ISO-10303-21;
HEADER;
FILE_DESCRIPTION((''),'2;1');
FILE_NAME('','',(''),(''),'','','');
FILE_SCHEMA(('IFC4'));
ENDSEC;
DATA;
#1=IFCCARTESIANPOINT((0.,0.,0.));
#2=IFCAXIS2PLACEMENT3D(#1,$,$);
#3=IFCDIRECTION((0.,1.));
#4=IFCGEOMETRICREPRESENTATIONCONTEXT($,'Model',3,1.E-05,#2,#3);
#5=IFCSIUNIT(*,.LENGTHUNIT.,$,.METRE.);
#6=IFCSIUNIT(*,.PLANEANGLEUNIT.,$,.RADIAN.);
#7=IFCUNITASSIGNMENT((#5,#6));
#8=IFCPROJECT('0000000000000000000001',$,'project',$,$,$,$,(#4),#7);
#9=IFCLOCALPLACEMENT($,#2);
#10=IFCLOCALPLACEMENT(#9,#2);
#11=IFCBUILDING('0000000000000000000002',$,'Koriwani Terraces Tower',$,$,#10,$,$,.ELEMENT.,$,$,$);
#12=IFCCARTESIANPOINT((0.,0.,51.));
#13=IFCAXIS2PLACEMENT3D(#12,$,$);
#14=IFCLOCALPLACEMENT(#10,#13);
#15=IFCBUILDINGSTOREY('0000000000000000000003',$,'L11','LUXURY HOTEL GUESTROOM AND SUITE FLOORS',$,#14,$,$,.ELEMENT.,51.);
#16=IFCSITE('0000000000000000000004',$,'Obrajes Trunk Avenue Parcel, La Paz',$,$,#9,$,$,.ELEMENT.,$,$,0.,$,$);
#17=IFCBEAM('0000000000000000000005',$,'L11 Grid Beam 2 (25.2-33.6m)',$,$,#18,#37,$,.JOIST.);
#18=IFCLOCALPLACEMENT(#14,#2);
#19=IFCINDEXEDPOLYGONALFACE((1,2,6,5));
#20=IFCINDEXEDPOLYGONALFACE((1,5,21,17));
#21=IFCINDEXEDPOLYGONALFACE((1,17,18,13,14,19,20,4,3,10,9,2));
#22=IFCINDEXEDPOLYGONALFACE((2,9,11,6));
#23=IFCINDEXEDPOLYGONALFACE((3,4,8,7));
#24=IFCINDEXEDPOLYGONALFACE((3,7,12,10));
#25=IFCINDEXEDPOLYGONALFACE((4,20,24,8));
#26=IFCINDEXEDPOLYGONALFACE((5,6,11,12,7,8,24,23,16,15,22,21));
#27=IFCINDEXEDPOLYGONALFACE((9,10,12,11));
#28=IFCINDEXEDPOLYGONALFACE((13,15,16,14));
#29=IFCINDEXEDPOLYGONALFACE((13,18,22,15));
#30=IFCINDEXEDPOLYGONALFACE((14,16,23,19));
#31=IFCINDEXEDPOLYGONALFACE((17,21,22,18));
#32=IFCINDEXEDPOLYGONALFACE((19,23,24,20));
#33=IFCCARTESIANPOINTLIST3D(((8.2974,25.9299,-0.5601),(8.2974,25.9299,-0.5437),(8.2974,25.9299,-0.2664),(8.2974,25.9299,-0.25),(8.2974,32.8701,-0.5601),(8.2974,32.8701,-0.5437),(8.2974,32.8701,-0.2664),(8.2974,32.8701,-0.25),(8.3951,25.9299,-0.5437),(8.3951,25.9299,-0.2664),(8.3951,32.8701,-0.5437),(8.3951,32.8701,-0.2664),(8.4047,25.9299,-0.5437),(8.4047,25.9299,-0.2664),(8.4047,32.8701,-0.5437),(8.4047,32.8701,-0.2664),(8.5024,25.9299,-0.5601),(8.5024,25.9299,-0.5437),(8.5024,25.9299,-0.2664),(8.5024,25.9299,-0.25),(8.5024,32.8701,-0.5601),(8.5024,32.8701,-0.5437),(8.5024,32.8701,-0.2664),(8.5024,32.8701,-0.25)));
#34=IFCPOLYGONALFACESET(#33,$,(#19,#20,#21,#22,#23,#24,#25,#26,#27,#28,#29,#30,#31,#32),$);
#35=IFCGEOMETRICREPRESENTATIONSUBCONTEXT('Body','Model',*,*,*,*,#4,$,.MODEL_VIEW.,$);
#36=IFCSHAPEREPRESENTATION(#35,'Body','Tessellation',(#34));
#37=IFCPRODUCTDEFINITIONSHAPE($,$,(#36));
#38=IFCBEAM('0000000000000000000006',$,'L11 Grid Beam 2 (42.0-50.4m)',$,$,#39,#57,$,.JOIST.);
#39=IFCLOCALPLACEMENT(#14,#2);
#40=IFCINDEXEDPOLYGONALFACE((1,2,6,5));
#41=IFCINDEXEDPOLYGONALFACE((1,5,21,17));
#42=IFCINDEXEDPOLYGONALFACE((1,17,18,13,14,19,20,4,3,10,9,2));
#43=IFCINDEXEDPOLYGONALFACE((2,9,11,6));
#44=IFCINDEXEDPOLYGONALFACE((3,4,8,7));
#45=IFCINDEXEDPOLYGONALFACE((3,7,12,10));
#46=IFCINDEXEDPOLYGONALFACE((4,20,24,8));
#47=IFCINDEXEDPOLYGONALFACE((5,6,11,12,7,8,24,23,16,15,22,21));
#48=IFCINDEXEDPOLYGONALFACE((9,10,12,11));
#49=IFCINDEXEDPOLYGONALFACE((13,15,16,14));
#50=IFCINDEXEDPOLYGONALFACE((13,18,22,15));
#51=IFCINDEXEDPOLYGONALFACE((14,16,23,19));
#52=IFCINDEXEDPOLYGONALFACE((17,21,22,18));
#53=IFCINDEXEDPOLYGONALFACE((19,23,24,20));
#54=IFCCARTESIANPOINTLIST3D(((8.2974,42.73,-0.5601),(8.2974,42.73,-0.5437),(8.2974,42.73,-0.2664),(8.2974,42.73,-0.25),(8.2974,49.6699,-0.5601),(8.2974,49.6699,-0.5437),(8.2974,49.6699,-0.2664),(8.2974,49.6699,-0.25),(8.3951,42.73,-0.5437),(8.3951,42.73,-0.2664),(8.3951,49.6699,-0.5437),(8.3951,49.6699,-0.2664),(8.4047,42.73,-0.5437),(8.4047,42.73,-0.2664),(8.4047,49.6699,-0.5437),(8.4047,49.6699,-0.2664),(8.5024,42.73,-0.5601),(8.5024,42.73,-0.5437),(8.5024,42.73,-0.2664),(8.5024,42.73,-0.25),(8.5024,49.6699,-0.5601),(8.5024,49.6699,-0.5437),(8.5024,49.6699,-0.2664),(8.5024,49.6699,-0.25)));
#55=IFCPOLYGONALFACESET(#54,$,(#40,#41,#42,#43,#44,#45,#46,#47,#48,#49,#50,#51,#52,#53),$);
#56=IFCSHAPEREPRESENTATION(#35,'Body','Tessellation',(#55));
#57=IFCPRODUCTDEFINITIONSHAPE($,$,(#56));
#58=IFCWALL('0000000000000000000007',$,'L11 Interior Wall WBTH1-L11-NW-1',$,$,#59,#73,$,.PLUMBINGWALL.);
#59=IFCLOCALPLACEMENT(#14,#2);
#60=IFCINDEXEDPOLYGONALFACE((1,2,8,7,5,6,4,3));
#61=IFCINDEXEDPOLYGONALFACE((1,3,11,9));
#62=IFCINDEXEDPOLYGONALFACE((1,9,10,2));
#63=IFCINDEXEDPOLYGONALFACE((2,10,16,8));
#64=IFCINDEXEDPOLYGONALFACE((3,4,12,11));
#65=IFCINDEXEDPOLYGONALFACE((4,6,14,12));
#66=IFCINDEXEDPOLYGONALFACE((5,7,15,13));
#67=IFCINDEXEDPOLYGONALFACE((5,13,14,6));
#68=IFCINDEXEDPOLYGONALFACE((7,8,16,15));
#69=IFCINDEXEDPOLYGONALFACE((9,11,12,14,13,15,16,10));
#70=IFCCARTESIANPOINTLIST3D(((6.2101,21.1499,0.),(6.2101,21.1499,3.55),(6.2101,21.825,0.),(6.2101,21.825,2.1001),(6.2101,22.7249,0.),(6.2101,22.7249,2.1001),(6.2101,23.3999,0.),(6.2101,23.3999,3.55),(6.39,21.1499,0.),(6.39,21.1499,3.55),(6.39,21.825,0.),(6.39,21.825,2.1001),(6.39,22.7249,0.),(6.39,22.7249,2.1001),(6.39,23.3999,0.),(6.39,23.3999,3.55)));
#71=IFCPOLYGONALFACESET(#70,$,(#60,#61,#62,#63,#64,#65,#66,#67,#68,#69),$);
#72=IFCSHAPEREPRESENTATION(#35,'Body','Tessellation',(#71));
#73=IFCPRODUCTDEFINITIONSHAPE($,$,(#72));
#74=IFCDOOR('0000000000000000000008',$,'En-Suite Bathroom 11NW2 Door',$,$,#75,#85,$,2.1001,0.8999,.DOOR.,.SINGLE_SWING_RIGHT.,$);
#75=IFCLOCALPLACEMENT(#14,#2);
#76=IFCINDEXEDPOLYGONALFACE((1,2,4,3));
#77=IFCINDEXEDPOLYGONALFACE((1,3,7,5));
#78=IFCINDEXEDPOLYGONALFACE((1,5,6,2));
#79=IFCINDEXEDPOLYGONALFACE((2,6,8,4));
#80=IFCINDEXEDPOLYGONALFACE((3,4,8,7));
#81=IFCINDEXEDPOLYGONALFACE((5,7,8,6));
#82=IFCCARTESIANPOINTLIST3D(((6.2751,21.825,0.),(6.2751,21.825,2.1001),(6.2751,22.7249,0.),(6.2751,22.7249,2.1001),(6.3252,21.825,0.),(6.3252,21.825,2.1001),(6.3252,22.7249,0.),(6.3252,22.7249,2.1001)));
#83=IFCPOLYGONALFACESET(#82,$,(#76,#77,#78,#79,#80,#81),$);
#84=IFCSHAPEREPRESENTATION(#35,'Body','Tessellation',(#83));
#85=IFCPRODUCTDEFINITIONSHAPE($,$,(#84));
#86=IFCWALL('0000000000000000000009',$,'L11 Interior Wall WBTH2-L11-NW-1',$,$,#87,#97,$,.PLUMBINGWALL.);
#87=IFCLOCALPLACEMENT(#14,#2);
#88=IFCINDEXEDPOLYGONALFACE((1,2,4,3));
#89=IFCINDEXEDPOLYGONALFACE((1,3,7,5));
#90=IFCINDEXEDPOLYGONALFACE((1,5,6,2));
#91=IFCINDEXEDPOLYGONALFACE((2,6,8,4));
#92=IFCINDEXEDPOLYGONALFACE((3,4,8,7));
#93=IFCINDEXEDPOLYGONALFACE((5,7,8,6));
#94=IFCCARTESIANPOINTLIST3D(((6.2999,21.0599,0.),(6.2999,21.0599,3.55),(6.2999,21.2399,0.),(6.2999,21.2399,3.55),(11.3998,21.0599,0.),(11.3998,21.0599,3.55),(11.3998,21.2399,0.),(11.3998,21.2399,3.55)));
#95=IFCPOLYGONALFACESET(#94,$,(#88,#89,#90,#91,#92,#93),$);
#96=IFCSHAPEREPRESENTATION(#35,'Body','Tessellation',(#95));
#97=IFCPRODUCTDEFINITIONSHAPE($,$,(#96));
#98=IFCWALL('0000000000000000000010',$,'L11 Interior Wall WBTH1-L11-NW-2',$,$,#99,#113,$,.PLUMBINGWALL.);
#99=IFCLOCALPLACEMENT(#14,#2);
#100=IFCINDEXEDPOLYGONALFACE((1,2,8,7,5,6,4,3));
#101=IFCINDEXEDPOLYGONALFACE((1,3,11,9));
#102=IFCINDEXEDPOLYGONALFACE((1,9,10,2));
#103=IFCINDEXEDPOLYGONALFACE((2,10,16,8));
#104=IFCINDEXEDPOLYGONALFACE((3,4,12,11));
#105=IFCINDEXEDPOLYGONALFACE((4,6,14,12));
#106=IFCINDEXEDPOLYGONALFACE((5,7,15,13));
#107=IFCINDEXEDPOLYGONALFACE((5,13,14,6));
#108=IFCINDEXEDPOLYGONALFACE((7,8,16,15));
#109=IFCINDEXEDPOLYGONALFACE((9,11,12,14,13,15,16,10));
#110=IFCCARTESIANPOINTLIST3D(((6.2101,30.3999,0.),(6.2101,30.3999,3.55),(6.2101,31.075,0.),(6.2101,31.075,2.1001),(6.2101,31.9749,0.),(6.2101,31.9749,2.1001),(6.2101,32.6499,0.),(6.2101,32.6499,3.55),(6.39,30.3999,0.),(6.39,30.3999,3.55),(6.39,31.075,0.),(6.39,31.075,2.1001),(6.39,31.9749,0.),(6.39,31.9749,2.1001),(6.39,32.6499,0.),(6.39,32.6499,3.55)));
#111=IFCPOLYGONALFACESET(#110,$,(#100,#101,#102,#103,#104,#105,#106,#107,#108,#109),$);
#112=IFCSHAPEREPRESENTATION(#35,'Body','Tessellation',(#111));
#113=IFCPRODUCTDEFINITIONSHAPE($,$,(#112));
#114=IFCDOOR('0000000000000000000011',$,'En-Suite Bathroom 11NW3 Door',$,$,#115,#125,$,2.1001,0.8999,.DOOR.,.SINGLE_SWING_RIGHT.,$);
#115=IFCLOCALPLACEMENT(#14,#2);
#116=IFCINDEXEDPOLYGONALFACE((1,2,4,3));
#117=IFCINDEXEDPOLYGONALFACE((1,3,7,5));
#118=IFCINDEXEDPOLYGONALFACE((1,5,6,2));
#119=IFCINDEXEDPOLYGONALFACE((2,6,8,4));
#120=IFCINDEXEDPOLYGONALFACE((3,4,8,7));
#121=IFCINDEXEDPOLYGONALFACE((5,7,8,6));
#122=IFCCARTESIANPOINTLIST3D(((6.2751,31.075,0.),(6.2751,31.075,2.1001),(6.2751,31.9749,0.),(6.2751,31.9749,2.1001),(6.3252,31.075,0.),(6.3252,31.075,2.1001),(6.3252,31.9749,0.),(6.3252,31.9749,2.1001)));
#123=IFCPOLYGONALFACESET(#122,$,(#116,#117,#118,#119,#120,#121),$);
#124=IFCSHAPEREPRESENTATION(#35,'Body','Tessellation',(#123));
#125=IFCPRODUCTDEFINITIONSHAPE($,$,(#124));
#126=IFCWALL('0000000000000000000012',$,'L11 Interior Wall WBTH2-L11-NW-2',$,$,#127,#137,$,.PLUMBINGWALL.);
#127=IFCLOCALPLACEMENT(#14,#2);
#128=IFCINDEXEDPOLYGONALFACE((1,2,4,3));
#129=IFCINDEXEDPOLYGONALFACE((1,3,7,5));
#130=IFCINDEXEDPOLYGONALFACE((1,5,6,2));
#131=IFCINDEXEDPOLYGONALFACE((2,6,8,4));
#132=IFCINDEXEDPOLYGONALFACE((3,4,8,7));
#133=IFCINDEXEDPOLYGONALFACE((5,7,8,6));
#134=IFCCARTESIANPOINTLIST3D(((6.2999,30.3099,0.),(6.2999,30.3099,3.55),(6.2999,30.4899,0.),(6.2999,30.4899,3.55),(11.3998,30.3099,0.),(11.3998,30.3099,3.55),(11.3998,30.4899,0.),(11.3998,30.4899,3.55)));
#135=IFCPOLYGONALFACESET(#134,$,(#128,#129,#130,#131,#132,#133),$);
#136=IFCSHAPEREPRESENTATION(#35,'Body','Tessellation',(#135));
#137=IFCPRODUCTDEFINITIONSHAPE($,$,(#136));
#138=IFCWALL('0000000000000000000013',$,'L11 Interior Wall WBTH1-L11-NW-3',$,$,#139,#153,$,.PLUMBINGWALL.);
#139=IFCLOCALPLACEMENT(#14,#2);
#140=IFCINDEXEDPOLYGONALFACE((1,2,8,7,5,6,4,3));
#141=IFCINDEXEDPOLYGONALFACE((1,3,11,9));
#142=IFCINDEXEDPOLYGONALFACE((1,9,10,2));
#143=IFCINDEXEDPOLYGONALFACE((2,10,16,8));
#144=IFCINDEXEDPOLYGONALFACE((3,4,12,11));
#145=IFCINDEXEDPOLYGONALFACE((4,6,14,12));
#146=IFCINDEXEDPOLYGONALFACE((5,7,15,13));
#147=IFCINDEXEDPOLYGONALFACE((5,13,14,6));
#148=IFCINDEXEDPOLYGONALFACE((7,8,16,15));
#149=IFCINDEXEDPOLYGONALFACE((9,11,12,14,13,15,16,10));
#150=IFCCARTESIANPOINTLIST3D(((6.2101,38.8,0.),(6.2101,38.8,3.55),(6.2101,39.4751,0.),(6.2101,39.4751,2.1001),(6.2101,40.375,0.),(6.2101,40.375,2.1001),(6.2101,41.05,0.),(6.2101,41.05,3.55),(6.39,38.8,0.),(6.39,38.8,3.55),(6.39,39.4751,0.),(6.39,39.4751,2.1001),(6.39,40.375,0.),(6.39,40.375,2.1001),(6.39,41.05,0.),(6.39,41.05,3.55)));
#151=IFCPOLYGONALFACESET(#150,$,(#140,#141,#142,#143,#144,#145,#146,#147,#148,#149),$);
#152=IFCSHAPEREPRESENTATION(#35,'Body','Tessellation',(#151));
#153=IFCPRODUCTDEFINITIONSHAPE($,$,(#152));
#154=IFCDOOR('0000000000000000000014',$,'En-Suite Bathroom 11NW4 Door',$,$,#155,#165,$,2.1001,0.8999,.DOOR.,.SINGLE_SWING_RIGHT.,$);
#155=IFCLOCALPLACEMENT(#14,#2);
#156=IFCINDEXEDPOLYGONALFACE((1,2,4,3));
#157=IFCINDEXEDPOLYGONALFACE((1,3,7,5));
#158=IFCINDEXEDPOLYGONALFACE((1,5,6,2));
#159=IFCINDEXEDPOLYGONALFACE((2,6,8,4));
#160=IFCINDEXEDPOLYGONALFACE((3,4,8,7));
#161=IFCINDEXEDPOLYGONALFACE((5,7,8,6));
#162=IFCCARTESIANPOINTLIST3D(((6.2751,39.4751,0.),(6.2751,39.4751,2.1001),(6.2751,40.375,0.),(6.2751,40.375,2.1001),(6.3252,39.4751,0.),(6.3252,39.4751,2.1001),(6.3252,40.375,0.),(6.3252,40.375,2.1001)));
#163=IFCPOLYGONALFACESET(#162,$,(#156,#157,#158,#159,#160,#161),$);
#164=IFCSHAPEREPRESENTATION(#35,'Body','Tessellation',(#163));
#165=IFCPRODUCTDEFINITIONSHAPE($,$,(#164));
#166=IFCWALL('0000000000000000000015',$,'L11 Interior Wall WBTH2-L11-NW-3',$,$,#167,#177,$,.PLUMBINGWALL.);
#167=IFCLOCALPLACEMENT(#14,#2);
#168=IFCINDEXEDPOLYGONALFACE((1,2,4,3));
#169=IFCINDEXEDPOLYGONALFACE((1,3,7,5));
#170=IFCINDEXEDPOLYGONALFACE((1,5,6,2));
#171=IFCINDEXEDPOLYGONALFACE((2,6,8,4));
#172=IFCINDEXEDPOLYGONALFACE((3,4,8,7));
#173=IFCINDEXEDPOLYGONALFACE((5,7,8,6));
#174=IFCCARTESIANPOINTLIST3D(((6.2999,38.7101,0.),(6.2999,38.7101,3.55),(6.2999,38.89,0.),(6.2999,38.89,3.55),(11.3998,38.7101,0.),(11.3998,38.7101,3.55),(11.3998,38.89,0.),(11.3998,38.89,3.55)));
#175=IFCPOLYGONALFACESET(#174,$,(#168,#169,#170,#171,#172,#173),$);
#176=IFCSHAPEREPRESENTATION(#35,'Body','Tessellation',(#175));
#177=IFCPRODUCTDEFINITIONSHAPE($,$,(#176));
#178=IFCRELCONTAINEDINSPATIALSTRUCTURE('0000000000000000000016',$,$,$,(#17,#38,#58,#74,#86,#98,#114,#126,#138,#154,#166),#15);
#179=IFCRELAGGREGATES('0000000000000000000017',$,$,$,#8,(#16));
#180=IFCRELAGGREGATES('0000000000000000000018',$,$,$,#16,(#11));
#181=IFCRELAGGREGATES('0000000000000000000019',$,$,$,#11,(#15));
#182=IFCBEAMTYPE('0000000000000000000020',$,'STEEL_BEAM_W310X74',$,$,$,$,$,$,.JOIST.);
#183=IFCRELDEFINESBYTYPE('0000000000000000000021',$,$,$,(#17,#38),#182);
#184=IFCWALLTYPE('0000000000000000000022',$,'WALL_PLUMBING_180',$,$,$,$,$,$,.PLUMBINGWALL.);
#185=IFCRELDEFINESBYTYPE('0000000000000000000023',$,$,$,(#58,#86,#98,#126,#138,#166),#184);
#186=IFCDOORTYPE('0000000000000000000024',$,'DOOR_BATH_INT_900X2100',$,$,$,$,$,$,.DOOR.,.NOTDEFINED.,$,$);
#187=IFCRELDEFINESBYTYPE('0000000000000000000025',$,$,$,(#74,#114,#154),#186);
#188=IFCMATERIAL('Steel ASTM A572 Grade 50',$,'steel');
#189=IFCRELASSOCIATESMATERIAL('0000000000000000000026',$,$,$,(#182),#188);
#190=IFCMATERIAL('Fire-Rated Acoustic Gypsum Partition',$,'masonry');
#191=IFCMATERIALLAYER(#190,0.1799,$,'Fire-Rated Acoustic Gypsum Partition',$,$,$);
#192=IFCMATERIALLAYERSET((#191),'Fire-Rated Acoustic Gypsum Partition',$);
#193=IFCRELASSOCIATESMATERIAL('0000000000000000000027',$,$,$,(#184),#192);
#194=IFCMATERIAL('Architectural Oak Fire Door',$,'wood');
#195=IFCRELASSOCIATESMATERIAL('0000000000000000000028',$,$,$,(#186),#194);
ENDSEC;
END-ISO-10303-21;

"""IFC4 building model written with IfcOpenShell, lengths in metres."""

from ifc_helpers import new_model, si_unit, direction, frame, frame_2d, origin, origin_2d, place, context, subcontext, project, spatial, rectangle, i_section, extrude, material, layer, layer_set, material_profile, profile_set, type_object, element, fill, save


model = new_model("IFC4")

# Units and contexts
model_context = context("Model", 3, precision=1e-05, world=origin(), true_north=direction((0.0, 1.0)))
body_context = subcontext(model_context, "Body", "Model", "MODEL_VIEW")
ifc_project = project(units=[si_unit("LENGTHUNIT", "METRE"), si_unit("PLANEANGLEUNIT", "RADIAN")], contexts=[model_context])

# Site, building, storey
site_placement = place(None, origin())
site = spatial("IfcSite", under=ifc_project, at=site_placement, Name="Obrajes Trunk Avenue Parcel, La Paz", CompositionType="ELEMENT", RefElevation=0.0)
building_placement = place(site_placement, origin())
building = spatial("IfcBuilding", under=site, at=building_placement, Name="Koriwani Terraces Tower", CompositionType="ELEMENT")
storey_placement = place(building_placement, frame((0.0, 0.0, 51.0)))
storey = spatial("IfcBuildingStorey", under=building, at=storey_placement, Name="L11", Description="LUXURY HOTEL GUESTROOM AND SUITE FLOORS", CompositionType="ELEMENT", Elevation=51.0)

# Beams
ifc_material_1 = material(Name="Steel ASTM A572 Grade 50", Category="steel")
ifc_material_profile_1 = material_profile(ifc_material_1, i_section(OverallWidth=0.2051, OverallDepth=0.3101, WebThickness=0.0095, FlangeThickness=0.0164, at=origin_2d()), Name="Steel ASTM A572 Grade 50", Category="LoadBearing")
ifc_profile_set_1 = profile_set([ifc_material_profile_1], Name="Steel ASTM A572 Grade 50")
beam_type_1 = type_object("IfcBeamType", Name="STEEL_BEAM_W310X74", PredefinedType="JOIST", material=ifc_profile_set_1)
beam_1_placement = place(storey_placement, frame((8.3999, 25.9299, -0.405), z_axis=(0.0, 1.0, 0.0), x_axis=(-1.0, 0.0, 0.0)))
element("IfcBeam", 1, at=beam_1_placement, inside=storey, type_object=beam_type_1, Name="L11 Grid Beam 2 (25.2-33.6m)", PredefinedType="JOIST", context=body_context, shape_type="SweptSolid", body=[
    extrude(i_section(OverallWidth=0.2051, OverallDepth=0.3101, WebThickness=0.0095, FlangeThickness=0.0164, at=origin_2d()), origin(), (0.0, 0.0, 1.0), 6.9402),
])
beam_2_placement = place(storey_placement, frame((8.3999, 42.73, -0.405), z_axis=(0.0, 1.0, 0.0), x_axis=(-1.0, 0.0, 0.0)))
element("IfcBeam", 2, at=beam_2_placement, inside=storey, type_object=beam_type_1, Name="L11 Grid Beam 2 (42.0-50.4m)", PredefinedType="JOIST", context=body_context, shape_type="SweptSolid", body=[
    extrude(i_section(OverallWidth=0.2051, OverallDepth=0.3101, WebThickness=0.0095, FlangeThickness=0.0164, at=origin_2d()), origin(), (0.0, 0.0, 1.0), 6.9399),
])

# Wall, opening, door
ifc_material_2 = material(Name="Fire-Rated Acoustic Gypsum Partition", Category="masonry")
ifc_layer_1 = layer(ifc_material_2, 0.1799, Name="Fire-Rated Acoustic Gypsum Partition")
ifc_layer_set_1 = layer_set([ifc_layer_1], Name="Fire-Rated Acoustic Gypsum Partition")
wall_type_1 = type_object("IfcWallType", Name="WALL_PLUMBING_180", PredefinedType="PLUMBINGWALL", material=ifc_layer_set_1)
wall_1_placement = place(storey_placement, frame((6.3, 21.1499, 0.0), z_axis=(0.0, 0.0, 1.0), x_axis=(0.0, 1.0, 0.0)))
wall_1 = element("IfcWall", 3, at=wall_1_placement, inside=storey, type_object=wall_type_1, Name="L11 Interior Wall WBTH1-L11-NW-1", PredefinedType="PLUMBINGWALL", context=body_context, shape_type="SweptSolid", body=[
    extrude(rectangle(XDim=2.25, YDim=0.1799, at=frame_2d((1.125, 0.0))), origin(), (0.0, 0.0, 1.0), 3.55),
])
opening_1_placement = place(wall_1_placement, frame((0.675, 0.0, 0.0)))
opening_1 = element("IfcOpeningElement", 4, at=opening_1_placement, cuts=wall_1, PredefinedType="OPENING", context=body_context, shape_type="SweptSolid", body=[
    extrude(rectangle(XDim=0.8999, YDim=2.1001, at=frame_2d((0.45, 1.05))), frame((0.0, 0.1001, 0.0), z_axis=(0.0, -1.0, 0.0), x_axis=(1.0, 0.0, 0.0)), (0.0, 0.0, 1.0), 0.2),
])
ifc_material_3 = material(Name="Architectural Oak Fire Door", Category="wood")
door_type = type_object("IfcDoorType", Name="DOOR_BATH_INT_900X2100", OperationType="NOTDEFINED", PredefinedType="DOOR", material=ifc_material_3)
door_1_placement = place(opening_1_placement, origin())
door_1 = element("IfcDoor", 5, at=door_1_placement, inside=storey, type_object=door_type, Name="En-Suite Bathroom 11NW2 Door", OperationType="SINGLE_SWING_RIGHT", OverallHeight=2.1001, OverallWidth=0.8999, PredefinedType="DOOR", context=body_context, shape_type="SweptSolid", body=[
    extrude(rectangle(XDim=0.8999, YDim=2.1001, at=frame_2d((0.45, 1.05))), frame((0.0, 0.0249, 0.0), z_axis=(0.0, -1.0, 0.0), x_axis=(1.0, 0.0, 0.0)), (0.0, 0.0, 1.0), 0.05),
])
fill(opening_1, door_1)

# Wall
wall_2_placement = place(storey_placement, frame((6.3, 21.1499, 0.0), z_axis=(0.0, 0.0, 1.0), x_axis=(1.0, 0.0, 0.0)))
element("IfcWall", 6, at=wall_2_placement, inside=storey, type_object=wall_type_1, Name="L11 Interior Wall WBTH2-L11-NW-1", PredefinedType="PLUMBINGWALL", context=body_context, shape_type="SweptSolid", body=[
    extrude(rectangle(XDim=5.0999, YDim=0.1799, at=frame_2d((2.5498, 0.0))), origin(), (0.0, 0.0, 1.0), 3.55),
])

# Wall, opening, door
wall_3_placement = place(storey_placement, frame((6.3, 30.3999, 0.0), z_axis=(0.0, 0.0, 1.0), x_axis=(0.0, 1.0, 0.0)))
wall_3 = element("IfcWall", 7, at=wall_3_placement, inside=storey, type_object=wall_type_1, Name="L11 Interior Wall WBTH1-L11-NW-2", PredefinedType="PLUMBINGWALL", context=body_context, shape_type="SweptSolid", body=[
    extrude(rectangle(XDim=2.25, YDim=0.1799, at=frame_2d((1.125, 0.0))), origin(), (0.0, 0.0, 1.0), 3.55),
])
opening_2_placement = place(wall_3_placement, frame((0.675, 0.0, 0.0)))
opening_2 = element("IfcOpeningElement", 8, at=opening_2_placement, cuts=wall_3, PredefinedType="OPENING", context=body_context, shape_type="SweptSolid", body=[
    extrude(rectangle(XDim=0.8999, YDim=2.1001, at=frame_2d((0.45, 1.05))), frame((0.0, 0.1001, 0.0), z_axis=(0.0, -1.0, 0.0), x_axis=(1.0, 0.0, 0.0)), (0.0, 0.0, 1.0), 0.2),
])
door_2_placement = place(opening_2_placement, origin())
door_2 = element("IfcDoor", 9, at=door_2_placement, inside=storey, type_object=door_type, Name="En-Suite Bathroom 11NW3 Door", OperationType="SINGLE_SWING_RIGHT", OverallHeight=2.1001, OverallWidth=0.8999, PredefinedType="DOOR", context=body_context, shape_type="SweptSolid", body=[
    extrude(rectangle(XDim=0.8999, YDim=2.1001, at=frame_2d((0.45, 1.05))), frame((0.0, 0.0249, 0.0), z_axis=(0.0, -1.0, 0.0), x_axis=(1.0, 0.0, 0.0)), (0.0, 0.0, 1.0), 0.05),
])
fill(opening_2, door_2)

# Wall
wall_4_placement = place(storey_placement, frame((6.3, 30.3999, 0.0), z_axis=(0.0, 0.0, 1.0), x_axis=(1.0, 0.0, 0.0)))
element("IfcWall", 10, at=wall_4_placement, inside=storey, type_object=wall_type_1, Name="L11 Interior Wall WBTH2-L11-NW-2", PredefinedType="PLUMBINGWALL", context=body_context, shape_type="SweptSolid", body=[
    extrude(rectangle(XDim=5.0999, YDim=0.1799, at=frame_2d((2.5498, 0.0))), origin(), (0.0, 0.0, 1.0), 3.55),
])

# Wall, opening, door
wall_5_placement = place(storey_placement, frame((6.3, 38.8, 0.0), z_axis=(0.0, 0.0, 1.0), x_axis=(0.0, 1.0, 0.0)))
wall_5 = element("IfcWall", 11, at=wall_5_placement, inside=storey, type_object=wall_type_1, Name="L11 Interior Wall WBTH1-L11-NW-3", PredefinedType="PLUMBINGWALL", context=body_context, shape_type="SweptSolid", body=[
    extrude(rectangle(XDim=2.25, YDim=0.1799, at=frame_2d((1.125, 0.0))), origin(), (0.0, 0.0, 1.0), 3.55),
])
opening_3_placement = place(wall_5_placement, frame((0.675, 0.0, 0.0)))
opening_3 = element("IfcOpeningElement", 12, at=opening_3_placement, cuts=wall_5, PredefinedType="OPENING", context=body_context, shape_type="SweptSolid", body=[
    extrude(rectangle(XDim=0.8999, YDim=2.1001, at=frame_2d((0.45, 1.05))), frame((0.0, 0.1001, 0.0), z_axis=(0.0, -1.0, 0.0), x_axis=(1.0, 0.0, 0.0)), (0.0, 0.0, 1.0), 0.2),
])
door_3_placement = place(opening_3_placement, origin())
door_3 = element("IfcDoor", 13, at=door_3_placement, inside=storey, type_object=door_type, Name="En-Suite Bathroom 11NW4 Door", OperationType="SINGLE_SWING_RIGHT", OverallHeight=2.1001, OverallWidth=0.8999, PredefinedType="DOOR", context=body_context, shape_type="SweptSolid", body=[
    extrude(rectangle(XDim=0.8999, YDim=2.1001, at=frame_2d((0.45, 1.05))), frame((0.0, 0.0249, 0.0), z_axis=(0.0, -1.0, 0.0), x_axis=(1.0, 0.0, 0.0)), (0.0, 0.0, 1.0), 0.05),
])
fill(opening_3, door_3)

# Wall
wall_6_placement = place(storey_placement, frame((6.3, 38.8, 0.0), z_axis=(0.0, 0.0, 1.0), x_axis=(1.0, 0.0, 0.0)))
element("IfcWall", 14, at=wall_6_placement, inside=storey, type_object=wall_type_1, Name="L11 Interior Wall WBTH2-L11-NW-3", PredefinedType="PLUMBINGWALL", context=body_context, shape_type="SweptSolid", body=[
    extrude(rectangle(XDim=5.0999, YDim=0.1799, at=frame_2d((2.5498, 0.0))), origin(), (0.0, 0.0, 1.0), 3.55),
])

save(model, "model.ifc")
